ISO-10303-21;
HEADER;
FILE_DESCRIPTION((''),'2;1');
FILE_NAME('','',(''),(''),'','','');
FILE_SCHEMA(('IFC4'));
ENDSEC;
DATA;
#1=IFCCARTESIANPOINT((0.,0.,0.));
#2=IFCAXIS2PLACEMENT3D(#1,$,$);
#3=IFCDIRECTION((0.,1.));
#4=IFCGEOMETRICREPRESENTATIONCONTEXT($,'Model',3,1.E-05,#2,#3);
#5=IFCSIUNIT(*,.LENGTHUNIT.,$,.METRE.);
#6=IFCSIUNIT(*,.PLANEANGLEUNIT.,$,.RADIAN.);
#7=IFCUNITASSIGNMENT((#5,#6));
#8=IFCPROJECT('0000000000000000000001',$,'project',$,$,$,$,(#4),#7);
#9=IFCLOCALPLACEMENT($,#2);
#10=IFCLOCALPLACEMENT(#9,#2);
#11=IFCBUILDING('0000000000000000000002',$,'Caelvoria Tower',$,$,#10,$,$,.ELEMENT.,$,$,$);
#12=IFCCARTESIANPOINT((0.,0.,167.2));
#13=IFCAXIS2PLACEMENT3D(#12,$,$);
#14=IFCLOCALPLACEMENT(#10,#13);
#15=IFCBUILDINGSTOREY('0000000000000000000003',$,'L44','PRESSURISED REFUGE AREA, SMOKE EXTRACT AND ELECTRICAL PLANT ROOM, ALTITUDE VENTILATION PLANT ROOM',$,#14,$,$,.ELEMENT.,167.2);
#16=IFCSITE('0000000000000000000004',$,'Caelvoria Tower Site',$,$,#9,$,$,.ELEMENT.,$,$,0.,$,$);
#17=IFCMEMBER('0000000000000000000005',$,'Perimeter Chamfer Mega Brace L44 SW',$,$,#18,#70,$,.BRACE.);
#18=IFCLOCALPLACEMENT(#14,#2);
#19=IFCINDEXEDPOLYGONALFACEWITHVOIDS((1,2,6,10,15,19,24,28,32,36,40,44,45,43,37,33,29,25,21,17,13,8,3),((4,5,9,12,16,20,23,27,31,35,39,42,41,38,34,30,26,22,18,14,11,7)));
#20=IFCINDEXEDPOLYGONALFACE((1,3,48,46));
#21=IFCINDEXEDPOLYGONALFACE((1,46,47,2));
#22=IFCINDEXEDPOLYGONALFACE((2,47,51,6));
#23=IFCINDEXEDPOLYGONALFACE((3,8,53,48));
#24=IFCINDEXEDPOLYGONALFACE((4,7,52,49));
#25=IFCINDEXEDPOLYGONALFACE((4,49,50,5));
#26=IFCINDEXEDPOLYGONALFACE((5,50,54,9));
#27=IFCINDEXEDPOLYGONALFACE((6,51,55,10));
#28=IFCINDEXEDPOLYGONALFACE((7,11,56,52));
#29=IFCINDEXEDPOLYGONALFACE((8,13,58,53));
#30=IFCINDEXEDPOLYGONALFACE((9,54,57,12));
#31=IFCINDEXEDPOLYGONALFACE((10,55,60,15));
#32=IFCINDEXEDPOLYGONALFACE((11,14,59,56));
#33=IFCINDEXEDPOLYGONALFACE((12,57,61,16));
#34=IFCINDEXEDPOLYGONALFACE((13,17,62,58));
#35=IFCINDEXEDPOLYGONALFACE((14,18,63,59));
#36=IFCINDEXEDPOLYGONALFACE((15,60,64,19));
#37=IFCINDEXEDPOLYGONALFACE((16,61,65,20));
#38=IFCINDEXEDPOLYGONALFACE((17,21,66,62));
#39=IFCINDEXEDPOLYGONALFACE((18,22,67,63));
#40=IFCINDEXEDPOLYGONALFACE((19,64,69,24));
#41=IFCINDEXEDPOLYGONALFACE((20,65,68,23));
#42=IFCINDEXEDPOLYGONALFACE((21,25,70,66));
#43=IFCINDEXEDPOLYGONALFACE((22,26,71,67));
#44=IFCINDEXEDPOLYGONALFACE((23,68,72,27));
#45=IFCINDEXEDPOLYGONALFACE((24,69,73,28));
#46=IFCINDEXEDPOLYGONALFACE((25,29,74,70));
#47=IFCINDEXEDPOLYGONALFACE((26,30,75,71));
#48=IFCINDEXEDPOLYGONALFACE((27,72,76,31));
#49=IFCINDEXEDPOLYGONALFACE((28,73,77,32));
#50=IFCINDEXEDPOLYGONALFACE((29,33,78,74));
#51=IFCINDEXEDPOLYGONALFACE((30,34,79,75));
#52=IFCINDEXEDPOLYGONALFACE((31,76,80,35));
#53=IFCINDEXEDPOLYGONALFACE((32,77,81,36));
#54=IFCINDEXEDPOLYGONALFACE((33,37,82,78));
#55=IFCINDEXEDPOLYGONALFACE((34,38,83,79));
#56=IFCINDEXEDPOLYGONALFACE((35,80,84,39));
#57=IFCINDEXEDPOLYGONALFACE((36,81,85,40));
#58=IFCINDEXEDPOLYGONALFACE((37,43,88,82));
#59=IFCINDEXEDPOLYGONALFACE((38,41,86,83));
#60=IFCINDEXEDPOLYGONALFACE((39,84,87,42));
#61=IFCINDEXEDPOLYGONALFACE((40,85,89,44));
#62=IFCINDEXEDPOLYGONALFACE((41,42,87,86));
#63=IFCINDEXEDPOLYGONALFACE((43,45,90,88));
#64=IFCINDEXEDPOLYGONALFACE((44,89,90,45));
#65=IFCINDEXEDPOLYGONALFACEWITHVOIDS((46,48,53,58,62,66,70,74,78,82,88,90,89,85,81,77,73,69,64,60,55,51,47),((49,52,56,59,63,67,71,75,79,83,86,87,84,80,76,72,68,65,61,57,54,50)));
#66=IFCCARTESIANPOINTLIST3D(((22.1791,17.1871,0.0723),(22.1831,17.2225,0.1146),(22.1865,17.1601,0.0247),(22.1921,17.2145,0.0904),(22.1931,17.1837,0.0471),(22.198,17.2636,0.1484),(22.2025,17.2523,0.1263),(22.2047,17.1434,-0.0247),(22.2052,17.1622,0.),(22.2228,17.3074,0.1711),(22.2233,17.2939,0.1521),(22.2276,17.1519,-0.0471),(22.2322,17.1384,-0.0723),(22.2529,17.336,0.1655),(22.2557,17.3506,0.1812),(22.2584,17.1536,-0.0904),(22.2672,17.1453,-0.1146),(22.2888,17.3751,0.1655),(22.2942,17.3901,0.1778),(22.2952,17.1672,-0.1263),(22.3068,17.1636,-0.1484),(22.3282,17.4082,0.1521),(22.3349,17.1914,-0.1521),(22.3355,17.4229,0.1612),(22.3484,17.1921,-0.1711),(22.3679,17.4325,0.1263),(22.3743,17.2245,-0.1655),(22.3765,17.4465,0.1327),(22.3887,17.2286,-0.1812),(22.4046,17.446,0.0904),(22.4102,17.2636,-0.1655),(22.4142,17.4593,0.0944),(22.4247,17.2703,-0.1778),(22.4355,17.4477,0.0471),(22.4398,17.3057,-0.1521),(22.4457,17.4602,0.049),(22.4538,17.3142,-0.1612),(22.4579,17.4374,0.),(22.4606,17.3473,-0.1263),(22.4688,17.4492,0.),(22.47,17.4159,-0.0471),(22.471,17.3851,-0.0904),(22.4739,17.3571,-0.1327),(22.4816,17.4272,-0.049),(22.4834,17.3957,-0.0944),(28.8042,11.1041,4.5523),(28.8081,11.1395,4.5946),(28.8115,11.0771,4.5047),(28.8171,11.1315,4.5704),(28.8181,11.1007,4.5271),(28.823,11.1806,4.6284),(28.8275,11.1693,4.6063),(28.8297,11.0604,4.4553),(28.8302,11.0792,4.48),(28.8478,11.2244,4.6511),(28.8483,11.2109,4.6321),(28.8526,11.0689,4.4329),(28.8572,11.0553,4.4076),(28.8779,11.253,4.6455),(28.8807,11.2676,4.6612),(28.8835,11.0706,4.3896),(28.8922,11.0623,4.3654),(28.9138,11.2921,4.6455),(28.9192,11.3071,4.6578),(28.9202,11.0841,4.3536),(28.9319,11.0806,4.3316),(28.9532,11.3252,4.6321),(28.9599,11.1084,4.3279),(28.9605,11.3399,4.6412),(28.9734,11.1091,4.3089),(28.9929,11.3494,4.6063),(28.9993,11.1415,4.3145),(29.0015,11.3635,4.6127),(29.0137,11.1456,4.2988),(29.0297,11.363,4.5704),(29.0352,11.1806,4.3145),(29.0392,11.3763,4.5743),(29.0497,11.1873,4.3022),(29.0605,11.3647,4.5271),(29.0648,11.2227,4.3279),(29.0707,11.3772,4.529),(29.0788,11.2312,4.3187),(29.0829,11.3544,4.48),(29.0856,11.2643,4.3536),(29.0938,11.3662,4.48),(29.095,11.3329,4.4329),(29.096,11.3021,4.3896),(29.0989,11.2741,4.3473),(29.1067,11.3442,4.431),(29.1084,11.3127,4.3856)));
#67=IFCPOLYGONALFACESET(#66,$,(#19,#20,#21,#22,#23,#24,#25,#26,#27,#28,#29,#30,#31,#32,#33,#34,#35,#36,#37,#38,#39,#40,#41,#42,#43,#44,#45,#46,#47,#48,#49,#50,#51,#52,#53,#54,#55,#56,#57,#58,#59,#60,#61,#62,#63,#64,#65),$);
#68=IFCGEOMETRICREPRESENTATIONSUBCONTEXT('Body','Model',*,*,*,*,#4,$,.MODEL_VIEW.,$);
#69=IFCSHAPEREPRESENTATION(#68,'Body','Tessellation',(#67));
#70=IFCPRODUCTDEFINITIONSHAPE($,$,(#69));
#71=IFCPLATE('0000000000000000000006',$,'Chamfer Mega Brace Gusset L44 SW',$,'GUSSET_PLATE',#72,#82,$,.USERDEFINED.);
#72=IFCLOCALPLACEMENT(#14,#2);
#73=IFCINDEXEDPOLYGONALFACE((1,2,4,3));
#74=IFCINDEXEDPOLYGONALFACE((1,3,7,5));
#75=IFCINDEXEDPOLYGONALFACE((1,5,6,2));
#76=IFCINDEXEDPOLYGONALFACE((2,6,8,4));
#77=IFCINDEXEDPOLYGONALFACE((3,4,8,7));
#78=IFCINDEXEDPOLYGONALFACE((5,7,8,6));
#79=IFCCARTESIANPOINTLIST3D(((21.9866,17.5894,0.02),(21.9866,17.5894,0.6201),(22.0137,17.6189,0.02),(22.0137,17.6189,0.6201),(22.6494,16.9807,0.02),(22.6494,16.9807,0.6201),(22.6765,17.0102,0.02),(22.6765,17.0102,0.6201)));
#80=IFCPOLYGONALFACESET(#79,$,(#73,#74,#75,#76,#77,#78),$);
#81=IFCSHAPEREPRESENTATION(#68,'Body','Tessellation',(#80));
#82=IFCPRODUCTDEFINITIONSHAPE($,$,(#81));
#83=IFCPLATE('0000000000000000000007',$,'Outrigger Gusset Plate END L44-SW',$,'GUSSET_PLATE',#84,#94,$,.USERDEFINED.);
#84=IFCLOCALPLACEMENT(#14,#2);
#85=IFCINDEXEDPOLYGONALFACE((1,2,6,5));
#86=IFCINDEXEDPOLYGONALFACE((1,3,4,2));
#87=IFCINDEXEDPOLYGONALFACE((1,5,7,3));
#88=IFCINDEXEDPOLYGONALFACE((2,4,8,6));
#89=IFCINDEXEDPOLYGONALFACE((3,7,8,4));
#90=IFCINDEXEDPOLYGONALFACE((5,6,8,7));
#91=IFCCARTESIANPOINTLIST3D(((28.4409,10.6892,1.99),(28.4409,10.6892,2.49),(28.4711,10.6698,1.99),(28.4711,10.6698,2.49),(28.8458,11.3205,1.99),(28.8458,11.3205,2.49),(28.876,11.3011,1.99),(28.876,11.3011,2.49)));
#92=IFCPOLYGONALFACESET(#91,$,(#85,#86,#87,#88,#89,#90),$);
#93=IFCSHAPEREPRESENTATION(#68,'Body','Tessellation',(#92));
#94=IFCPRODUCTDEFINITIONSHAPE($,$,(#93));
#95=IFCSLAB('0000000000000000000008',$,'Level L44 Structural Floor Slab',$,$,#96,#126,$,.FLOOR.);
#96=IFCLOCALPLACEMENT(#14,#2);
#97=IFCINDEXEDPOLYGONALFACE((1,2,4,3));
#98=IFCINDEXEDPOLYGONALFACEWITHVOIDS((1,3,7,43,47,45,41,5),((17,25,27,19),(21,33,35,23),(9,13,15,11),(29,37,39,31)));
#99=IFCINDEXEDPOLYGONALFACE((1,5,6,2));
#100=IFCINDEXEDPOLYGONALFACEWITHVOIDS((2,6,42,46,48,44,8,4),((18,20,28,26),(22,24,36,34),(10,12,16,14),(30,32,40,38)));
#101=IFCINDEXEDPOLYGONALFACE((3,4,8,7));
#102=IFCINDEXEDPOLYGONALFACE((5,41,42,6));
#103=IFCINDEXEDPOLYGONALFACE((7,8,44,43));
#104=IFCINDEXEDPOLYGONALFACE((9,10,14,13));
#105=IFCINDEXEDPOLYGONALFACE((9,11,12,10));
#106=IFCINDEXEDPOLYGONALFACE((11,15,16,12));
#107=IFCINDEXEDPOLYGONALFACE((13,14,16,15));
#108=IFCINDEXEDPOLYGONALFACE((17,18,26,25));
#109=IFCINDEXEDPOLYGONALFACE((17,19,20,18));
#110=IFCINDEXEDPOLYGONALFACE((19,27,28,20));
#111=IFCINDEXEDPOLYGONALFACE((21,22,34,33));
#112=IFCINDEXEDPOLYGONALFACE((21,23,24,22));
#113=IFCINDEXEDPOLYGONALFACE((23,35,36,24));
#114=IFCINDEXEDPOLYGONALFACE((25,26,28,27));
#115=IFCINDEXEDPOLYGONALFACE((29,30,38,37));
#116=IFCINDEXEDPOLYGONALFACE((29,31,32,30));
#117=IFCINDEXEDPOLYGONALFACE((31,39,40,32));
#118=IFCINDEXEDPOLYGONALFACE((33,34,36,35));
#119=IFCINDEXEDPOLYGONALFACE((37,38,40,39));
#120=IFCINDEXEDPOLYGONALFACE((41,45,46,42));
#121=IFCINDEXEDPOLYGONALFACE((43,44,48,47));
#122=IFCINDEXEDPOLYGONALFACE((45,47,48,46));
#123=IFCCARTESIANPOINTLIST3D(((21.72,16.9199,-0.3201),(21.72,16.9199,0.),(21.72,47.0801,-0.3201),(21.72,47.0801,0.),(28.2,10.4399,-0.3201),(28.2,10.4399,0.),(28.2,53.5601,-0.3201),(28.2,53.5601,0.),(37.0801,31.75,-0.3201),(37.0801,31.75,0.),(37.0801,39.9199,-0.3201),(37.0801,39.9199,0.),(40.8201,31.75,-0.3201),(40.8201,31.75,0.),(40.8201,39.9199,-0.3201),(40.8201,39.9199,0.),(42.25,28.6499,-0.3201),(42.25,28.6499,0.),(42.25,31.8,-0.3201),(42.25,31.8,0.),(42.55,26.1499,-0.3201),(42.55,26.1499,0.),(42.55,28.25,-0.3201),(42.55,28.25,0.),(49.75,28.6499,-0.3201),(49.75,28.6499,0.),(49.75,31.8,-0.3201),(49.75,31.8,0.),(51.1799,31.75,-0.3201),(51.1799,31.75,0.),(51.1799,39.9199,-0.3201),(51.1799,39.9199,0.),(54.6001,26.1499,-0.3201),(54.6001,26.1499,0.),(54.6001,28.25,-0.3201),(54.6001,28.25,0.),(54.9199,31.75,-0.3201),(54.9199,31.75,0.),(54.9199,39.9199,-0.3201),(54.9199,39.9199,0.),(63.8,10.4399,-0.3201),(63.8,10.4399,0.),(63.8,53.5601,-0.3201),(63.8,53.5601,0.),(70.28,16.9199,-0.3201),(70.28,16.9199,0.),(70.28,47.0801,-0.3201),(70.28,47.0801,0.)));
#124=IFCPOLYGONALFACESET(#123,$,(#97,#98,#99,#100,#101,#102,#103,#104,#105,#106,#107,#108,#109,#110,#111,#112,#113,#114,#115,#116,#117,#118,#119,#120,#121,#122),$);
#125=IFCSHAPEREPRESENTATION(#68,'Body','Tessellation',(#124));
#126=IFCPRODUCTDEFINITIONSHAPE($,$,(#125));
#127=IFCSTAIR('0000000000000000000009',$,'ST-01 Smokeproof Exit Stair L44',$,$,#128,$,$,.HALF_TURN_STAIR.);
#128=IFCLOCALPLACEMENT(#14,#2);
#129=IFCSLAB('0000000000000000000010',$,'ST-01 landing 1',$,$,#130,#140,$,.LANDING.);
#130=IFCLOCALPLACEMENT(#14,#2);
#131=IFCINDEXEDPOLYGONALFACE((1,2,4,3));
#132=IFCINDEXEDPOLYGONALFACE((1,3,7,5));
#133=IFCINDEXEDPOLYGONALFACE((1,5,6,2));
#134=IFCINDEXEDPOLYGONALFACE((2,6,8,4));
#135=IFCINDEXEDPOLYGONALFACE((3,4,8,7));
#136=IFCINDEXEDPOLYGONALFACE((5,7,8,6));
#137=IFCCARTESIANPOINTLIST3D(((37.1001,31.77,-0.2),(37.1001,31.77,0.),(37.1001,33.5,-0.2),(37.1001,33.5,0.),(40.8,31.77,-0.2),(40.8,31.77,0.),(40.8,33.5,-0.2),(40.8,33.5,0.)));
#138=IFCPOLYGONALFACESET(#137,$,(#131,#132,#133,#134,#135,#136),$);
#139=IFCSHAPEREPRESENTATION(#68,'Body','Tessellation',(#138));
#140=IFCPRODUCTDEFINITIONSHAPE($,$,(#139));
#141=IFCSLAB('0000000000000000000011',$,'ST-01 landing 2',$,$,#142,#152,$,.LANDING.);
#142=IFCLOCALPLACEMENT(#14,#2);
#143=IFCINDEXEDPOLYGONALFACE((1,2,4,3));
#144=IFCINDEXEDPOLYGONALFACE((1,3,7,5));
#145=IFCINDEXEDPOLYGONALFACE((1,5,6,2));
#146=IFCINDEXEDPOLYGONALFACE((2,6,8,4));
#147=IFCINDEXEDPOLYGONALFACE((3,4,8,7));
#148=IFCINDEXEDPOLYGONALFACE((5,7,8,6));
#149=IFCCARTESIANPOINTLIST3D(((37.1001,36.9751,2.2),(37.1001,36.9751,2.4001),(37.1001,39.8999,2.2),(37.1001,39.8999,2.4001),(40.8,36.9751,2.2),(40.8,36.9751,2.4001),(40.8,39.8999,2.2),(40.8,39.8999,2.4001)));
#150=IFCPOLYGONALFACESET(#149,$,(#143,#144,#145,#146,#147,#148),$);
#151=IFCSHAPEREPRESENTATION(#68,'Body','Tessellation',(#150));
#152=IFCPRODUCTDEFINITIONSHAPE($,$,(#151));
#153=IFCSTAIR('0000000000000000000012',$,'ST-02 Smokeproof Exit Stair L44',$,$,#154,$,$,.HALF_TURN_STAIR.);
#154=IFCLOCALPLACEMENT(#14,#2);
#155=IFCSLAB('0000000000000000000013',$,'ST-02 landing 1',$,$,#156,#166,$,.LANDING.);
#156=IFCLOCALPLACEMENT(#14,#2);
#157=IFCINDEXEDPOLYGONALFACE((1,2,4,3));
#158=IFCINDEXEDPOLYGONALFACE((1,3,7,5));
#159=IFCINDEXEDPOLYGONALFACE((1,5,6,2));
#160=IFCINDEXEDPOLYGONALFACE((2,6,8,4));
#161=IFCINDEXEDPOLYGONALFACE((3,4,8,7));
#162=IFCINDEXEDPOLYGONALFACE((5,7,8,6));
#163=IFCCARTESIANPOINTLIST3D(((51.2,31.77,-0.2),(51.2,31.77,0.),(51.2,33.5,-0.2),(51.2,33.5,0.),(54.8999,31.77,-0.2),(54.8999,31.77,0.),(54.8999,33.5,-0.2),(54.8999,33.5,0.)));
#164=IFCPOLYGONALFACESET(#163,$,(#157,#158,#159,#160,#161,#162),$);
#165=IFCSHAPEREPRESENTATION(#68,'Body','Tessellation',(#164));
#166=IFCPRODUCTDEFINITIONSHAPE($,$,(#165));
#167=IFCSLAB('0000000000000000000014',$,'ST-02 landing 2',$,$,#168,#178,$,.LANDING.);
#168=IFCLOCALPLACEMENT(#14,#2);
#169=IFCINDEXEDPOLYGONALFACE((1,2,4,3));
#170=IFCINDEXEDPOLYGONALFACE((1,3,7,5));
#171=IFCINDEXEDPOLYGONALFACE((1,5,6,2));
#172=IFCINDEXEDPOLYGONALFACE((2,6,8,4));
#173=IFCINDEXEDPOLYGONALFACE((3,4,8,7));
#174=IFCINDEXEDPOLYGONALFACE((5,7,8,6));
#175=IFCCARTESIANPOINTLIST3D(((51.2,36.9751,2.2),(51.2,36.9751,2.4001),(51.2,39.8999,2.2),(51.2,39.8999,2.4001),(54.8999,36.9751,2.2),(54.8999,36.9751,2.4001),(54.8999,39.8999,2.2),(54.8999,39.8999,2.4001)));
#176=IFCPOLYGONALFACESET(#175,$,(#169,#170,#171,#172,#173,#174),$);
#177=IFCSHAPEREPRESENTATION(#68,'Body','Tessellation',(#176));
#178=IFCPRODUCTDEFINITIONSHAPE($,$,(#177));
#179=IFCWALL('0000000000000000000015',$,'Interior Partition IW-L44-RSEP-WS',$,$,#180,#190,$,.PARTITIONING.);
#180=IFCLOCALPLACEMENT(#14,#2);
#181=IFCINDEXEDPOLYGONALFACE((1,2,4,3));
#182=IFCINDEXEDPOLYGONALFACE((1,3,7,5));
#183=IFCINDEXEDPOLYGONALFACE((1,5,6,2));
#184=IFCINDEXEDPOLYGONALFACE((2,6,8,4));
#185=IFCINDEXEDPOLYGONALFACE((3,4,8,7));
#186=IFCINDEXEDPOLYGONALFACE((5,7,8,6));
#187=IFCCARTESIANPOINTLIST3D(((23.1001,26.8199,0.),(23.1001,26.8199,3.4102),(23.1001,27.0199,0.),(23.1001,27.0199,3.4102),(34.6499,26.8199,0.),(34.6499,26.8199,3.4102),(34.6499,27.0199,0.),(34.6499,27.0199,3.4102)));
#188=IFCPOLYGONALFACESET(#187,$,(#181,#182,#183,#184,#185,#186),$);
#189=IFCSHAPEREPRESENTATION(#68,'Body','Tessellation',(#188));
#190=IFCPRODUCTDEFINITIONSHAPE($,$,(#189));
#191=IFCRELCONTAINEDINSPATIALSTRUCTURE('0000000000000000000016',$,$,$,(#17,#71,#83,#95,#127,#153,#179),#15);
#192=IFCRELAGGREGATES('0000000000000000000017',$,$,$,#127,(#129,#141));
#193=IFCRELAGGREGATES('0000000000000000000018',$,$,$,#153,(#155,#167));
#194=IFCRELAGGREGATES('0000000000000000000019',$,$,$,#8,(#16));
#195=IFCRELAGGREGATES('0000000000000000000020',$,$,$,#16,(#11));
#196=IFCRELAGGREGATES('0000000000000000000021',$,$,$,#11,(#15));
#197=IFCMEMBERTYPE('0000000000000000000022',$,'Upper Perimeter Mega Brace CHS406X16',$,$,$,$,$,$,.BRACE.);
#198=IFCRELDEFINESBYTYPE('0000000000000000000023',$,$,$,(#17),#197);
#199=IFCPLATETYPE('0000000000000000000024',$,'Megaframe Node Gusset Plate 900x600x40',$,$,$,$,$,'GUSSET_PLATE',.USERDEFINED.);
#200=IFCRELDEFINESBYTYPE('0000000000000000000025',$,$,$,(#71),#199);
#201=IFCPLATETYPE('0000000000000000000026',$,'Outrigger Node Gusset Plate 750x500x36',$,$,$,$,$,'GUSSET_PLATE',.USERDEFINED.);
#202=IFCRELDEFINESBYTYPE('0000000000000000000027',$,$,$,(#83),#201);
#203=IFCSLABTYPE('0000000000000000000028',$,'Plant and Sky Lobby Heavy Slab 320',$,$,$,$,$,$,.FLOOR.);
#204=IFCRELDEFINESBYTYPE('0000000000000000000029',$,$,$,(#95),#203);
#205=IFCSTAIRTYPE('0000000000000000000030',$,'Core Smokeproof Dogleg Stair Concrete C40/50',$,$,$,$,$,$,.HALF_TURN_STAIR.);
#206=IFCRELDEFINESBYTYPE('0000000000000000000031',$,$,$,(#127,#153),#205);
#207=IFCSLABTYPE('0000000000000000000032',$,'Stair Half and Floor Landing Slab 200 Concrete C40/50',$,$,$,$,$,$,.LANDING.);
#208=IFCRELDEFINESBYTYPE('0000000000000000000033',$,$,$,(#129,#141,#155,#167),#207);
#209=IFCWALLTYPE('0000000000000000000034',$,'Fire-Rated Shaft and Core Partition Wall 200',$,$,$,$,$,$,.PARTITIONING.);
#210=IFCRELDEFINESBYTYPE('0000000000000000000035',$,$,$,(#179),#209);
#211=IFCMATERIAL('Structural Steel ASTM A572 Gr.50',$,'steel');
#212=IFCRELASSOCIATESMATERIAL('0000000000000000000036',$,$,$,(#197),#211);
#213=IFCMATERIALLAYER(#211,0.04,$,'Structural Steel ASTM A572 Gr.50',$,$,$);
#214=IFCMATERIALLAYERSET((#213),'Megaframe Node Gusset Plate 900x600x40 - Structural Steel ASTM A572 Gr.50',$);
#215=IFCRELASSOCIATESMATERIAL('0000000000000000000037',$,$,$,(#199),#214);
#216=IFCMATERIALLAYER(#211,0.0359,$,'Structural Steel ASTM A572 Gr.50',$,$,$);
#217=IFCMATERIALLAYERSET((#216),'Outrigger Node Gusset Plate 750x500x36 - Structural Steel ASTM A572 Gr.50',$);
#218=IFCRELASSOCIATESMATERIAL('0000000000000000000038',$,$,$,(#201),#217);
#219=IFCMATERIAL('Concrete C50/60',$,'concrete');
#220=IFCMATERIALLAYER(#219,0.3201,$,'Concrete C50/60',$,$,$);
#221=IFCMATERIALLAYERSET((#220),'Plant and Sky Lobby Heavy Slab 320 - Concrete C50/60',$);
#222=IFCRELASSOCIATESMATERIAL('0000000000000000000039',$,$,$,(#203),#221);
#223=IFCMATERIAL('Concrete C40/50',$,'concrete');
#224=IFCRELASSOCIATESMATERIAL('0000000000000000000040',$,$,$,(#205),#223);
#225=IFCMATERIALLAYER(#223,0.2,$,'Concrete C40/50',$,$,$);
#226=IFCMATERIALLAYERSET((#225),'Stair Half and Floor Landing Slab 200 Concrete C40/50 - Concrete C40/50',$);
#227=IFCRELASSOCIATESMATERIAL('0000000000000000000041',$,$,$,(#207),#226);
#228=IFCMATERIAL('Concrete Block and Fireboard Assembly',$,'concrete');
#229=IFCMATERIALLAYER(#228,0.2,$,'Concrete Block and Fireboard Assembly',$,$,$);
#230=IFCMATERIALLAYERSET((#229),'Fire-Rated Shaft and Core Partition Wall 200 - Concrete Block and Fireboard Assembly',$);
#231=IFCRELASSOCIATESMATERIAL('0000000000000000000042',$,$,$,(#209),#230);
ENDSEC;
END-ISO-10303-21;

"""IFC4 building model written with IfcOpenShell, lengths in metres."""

from ifc_helpers import new_model, si_unit, direction, frame, frame_2d, origin, origin_2d, place, context, subcontext, project, spatial, polyline, rectangle, hollow_circle, outline, extrude, material, layer, layer_set, material_profile, profile_set, type_object, element, aggregate, save


model = new_model("IFC4")

# Units and contexts
model_context = context("Model", 3, precision=1e-05, world=origin(), true_north=direction((0.0, 1.0)))
body_context = subcontext(model_context, "Body", "Model", "MODEL_VIEW")
ifc_project = project(units=[si_unit("LENGTHUNIT", "METRE"), si_unit("PLANEANGLEUNIT", "RADIAN")], contexts=[model_context])

# Site, building, storey
site_placement = place(None, origin())
site = spatial("IfcSite", under=ifc_project, at=site_placement, Name="Caelvoria Tower Site", CompositionType="ELEMENT", RefElevation=0.0)
building_placement = place(site_placement, origin())
building = spatial("IfcBuilding", under=site, at=building_placement, Name="Caelvoria Tower", CompositionType="ELEMENT")
storey_placement = place(building_placement, frame((0.0, 0.0, 167.2)))
storey = spatial("IfcBuildingStorey", under=building, at=storey_placement, Name="L44", Description="PRESSURISED REFUGE AREA, SMOKE EXTRACT AND ELECTRICAL PLANT ROOM, ALTITUDE VENTILATION PLANT ROOM", CompositionType="ELEMENT", Elevation=167.2)

# Shared definitions
ifc_material_1 = material(Name="Structural Steel ASTM A572 Gr.50", Category="steel")

# Member
ifc_material_profile_1 = material_profile(ifc_material_1, hollow_circle(Radius=0.2029, WallThickness=0.0161, at=origin_2d()), Name="Structural Steel ASTM A572 Gr.50")
ifc_profile_set_1 = profile_set([ifc_material_profile_1], Name="CHS406X16 - Structural Steel ASTM A572 Gr.50")
member_type_1 = type_object("IfcMemberType", Name="Upper Perimeter Mega Brace CHS406X16", PredefinedType="BRACE", material=ifc_profile_set_1)
member_1_placement = place(storey_placement, frame((22.3315, 17.2998, 0.0), z_axis=(0.65933, -0.60539, 0.445855), x_axis=(0.676334, 0.736595, 0.0)))
element("IfcMember", 1, at=member_1_placement, inside=storey, type_object=member_type_1, Name="Perimeter Chamfer Mega Brace L44 SW", PredefinedType="BRACE", context=body_context, shape_type="SweptSolid", body=[
    extrude(hollow_circle(Radius=0.2029, WallThickness=0.0161, at=origin_2d()), origin(), (0.0, 0.0, 1.0), 10.0481),
])

# Plates
ifc_layer_1 = layer(ifc_material_1, 0.04, Name="Structural Steel ASTM A572 Gr.50")
ifc_layer_set_1 = layer_set([ifc_layer_1], Name="Megaframe Node Gusset Plate 900x600x40 - Structural Steel ASTM A572 Gr.50")
plate_type_1 = type_object("IfcPlateType", Name="Megaframe Node Gusset Plate 900x600x40", ElementType="GUSSET_PLATE", PredefinedType="USERDEFINED", material=ifc_layer_set_1)
plate_1_placement = place(storey_placement, frame((22.3315, 17.2998, 0.02), z_axis=(0.0, 0.0, 1.0), x_axis=(0.736585, -0.676345, 0.0)))
element("IfcPlate", 2, at=plate_1_placement, inside=storey, type_object=plate_type_1, Name="Chamfer Mega Brace Gusset L44 SW", ObjectType="GUSSET_PLATE", PredefinedType="USERDEFINED", context=body_context, shape_type="SweptSolid", body=[
    extrude(rectangle(XDim=0.8999, YDim=0.04, at=origin_2d()), origin(), (0.0, 0.0, 1.0), 0.6001),
])
ifc_layer_2 = layer(ifc_material_1, 0.0359, Name="Structural Steel ASTM A572 Gr.50")
ifc_layer_set_2 = layer_set([ifc_layer_2], Name="Outrigger Node Gusset Plate 750x500x36 - Structural Steel ASTM A572 Gr.50")
plate_type_2 = type_object("IfcPlateType", Name="Outrigger Node Gusset Plate 750x500x36", ElementType="GUSSET_PLATE", PredefinedType="USERDEFINED", material=ifc_layer_set_2)
plate_2_placement = place(storey_placement, frame((28.6584, 10.9951, 1.99), z_axis=(0.0, 0.0, 1.0), x_axis=(-0.539904, -0.841727, 0.0)))
element("IfcPlate", 3, at=plate_2_placement, inside=storey, type_object=plate_type_2, Name="Outrigger Gusset Plate END L44-SW", ObjectType="GUSSET_PLATE", PredefinedType="USERDEFINED", context=body_context, shape_type="SweptSolid", body=[
    extrude(rectangle(XDim=0.75, YDim=0.0359, at=origin_2d()), origin(), (0.0, 0.0, 1.0), 0.5),
])

# Slab
ifc_material_2 = material(Name="Concrete C50/60", Category="concrete")
ifc_layer_3 = layer(ifc_material_2, 0.3201, Name="Concrete C50/60")
ifc_layer_set_3 = layer_set([ifc_layer_3], Name="Plant and Sky Lobby Heavy Slab 320 - Concrete C50/60")
slab_type_1 = type_object("IfcSlabType", Name="Plant and Sky Lobby Heavy Slab 320", PredefinedType="FLOOR", material=ifc_layer_set_3)
slab_1_placement = place(storey_placement, frame((0.0, 0.0, -0.3201)))
element("IfcSlab", 4, at=slab_1_placement, inside=storey, type_object=slab_type_1, Name="Level L44 Structural Floor Slab", PredefinedType="FLOOR", context=body_context, shape_type="SweptSolid", body=[
    extrude(outline(polyline([(28.2, 10.4399), (63.8, 10.4399), (70.28, 16.9199), (70.28, 47.0801), (63.8, 53.5601), (28.2, 53.5601), (21.72, 47.0801), (21.72, 16.9199), (28.2, 10.4399)]), holes=[polyline([(37.0801, 31.75), (40.8201, 31.75), (40.8201, 39.9199), (37.0801, 39.9199), (37.0801, 31.75)]), polyline([(51.1799, 31.75), (54.9199, 31.75), (54.9199, 39.9199), (51.1799, 39.9199), (51.1799, 31.75)]), polyline([(42.25, 28.6499), (49.75, 28.6499), (49.75, 31.8), (42.25, 31.8), (42.25, 28.6499)]), polyline([(42.55, 26.1499), (54.6001, 26.1499), (54.6001, 28.25), (42.55, 28.25), (42.55, 26.1499)])]), origin(), (0.0, 0.0, 1.0), 0.3201),
])

# Stairs, slabs
ifc_material_3 = material(Name="Concrete C40/50", Category="concrete")
stair_type = type_object("IfcStairType", Name="Core Smokeproof Dogleg Stair Concrete C40/50", PredefinedType="HALF_TURN_STAIR", material=ifc_material_3)
stair_1_placement = place(storey_placement, origin())
stair_1 = element("IfcStair", 5, at=stair_1_placement, inside=storey, type_object=stair_type, Name="ST-01 Smokeproof Exit Stair L44", PredefinedType="HALF_TURN_STAIR")
ifc_layer_4 = layer(ifc_material_3, 0.2, Name="Concrete C40/50")
ifc_layer_set_4 = layer_set([ifc_layer_4], Name="Stair Half and Floor Landing Slab 200 Concrete C40/50 - Concrete C40/50")
slab_type_2 = type_object("IfcSlabType", Name="Stair Half and Floor Landing Slab 200 Concrete C40/50", PredefinedType="LANDING", material=ifc_layer_set_4)
slab_2_placement = place(storey_placement, frame((0.0, 0.0, -0.2)))
slab_2 = element("IfcSlab", 6, at=slab_2_placement, type_object=slab_type_2, Name="ST-01 landing 1", PredefinedType="LANDING", context=body_context, shape_type="SweptSolid", body=[
    extrude(outline(polyline([(37.1001, 31.77), (40.8, 31.77), (40.8, 33.5), (37.1001, 33.5), (37.1001, 31.77)])), origin(), (0.0, 0.0, 1.0), 0.2),
])
slab_3_placement = place(storey_placement, frame((0.0, 0.0, 2.2)))
slab_3 = element("IfcSlab", 7, at=slab_3_placement, type_object=slab_type_2, Name="ST-01 landing 2", PredefinedType="LANDING", context=body_context, shape_type="SweptSolid", body=[
    extrude(outline(polyline([(37.1001, 36.9751), (40.8, 36.9751), (40.8, 39.8999), (37.1001, 39.8999), (37.1001, 36.9751)])), origin(), (0.0, 0.0, 1.0), 0.2002),
])
aggregate(stair_1, [slab_2, slab_3])
stair_2_placement = place(storey_placement, origin())
stair_2 = element("IfcStair", 8, at=stair_2_placement, inside=storey, type_object=stair_type, Name="ST-02 Smokeproof Exit Stair L44", PredefinedType="HALF_TURN_STAIR")
slab_4_placement = place(storey_placement, frame((0.0, 0.0, -0.2)))
slab_4 = element("IfcSlab", 9, at=slab_4_placement, type_object=slab_type_2, Name="ST-02 landing 1", PredefinedType="LANDING", context=body_context, shape_type="SweptSolid", body=[
    extrude(outline(polyline([(51.2, 31.77), (54.8999, 31.77), (54.8999, 33.5), (51.2, 33.5), (51.2, 31.77)])), origin(), (0.0, 0.0, 1.0), 0.2),
])
slab_5_placement = place(storey_placement, frame((0.0, 0.0, 2.2)))
slab_5 = element("IfcSlab", 10, at=slab_5_placement, type_object=slab_type_2, Name="ST-02 landing 2", PredefinedType="LANDING", context=body_context, shape_type="SweptSolid", body=[
    extrude(outline(polyline([(51.2, 36.9751), (54.8999, 36.9751), (54.8999, 39.8999), (51.2, 39.8999), (51.2, 36.9751)])), origin(), (0.0, 0.0, 1.0), 0.2002),
])
aggregate(stair_2, [slab_4, slab_5])

# Wall
ifc_material_4 = material(Name="Concrete Block and Fireboard Assembly", Category="concrete")
ifc_layer_5 = layer(ifc_material_4, 0.2, Name="Concrete Block and Fireboard Assembly")
ifc_layer_set_5 = layer_set([ifc_layer_5], Name="Fire-Rated Shaft and Core Partition Wall 200 - Concrete Block and Fireboard Assembly")
wall_type_1 = type_object("IfcWallType", Name="Fire-Rated Shaft and Core Partition Wall 200", PredefinedType="PARTITIONING", material=ifc_layer_set_5)
wall_1_placement = place(storey_placement, frame((23.1001, 26.9199, 0.0), z_axis=(0.0, 0.0, 1.0), x_axis=(1.0, 0.0, 0.0)))
element("IfcWall", 11, at=wall_1_placement, inside=storey, type_object=wall_type_1, Name="Interior Partition IW-L44-RSEP-WS", PredefinedType="PARTITIONING", context=body_context, shape_type="SweptSolid", body=[
    extrude(rectangle(XDim=11.5498, YDim=0.2, at=frame_2d((5.7749, 0.0))), origin(), (0.0, 0.0, 1.0), 3.4102),
])

save(model, "model.ifc")
